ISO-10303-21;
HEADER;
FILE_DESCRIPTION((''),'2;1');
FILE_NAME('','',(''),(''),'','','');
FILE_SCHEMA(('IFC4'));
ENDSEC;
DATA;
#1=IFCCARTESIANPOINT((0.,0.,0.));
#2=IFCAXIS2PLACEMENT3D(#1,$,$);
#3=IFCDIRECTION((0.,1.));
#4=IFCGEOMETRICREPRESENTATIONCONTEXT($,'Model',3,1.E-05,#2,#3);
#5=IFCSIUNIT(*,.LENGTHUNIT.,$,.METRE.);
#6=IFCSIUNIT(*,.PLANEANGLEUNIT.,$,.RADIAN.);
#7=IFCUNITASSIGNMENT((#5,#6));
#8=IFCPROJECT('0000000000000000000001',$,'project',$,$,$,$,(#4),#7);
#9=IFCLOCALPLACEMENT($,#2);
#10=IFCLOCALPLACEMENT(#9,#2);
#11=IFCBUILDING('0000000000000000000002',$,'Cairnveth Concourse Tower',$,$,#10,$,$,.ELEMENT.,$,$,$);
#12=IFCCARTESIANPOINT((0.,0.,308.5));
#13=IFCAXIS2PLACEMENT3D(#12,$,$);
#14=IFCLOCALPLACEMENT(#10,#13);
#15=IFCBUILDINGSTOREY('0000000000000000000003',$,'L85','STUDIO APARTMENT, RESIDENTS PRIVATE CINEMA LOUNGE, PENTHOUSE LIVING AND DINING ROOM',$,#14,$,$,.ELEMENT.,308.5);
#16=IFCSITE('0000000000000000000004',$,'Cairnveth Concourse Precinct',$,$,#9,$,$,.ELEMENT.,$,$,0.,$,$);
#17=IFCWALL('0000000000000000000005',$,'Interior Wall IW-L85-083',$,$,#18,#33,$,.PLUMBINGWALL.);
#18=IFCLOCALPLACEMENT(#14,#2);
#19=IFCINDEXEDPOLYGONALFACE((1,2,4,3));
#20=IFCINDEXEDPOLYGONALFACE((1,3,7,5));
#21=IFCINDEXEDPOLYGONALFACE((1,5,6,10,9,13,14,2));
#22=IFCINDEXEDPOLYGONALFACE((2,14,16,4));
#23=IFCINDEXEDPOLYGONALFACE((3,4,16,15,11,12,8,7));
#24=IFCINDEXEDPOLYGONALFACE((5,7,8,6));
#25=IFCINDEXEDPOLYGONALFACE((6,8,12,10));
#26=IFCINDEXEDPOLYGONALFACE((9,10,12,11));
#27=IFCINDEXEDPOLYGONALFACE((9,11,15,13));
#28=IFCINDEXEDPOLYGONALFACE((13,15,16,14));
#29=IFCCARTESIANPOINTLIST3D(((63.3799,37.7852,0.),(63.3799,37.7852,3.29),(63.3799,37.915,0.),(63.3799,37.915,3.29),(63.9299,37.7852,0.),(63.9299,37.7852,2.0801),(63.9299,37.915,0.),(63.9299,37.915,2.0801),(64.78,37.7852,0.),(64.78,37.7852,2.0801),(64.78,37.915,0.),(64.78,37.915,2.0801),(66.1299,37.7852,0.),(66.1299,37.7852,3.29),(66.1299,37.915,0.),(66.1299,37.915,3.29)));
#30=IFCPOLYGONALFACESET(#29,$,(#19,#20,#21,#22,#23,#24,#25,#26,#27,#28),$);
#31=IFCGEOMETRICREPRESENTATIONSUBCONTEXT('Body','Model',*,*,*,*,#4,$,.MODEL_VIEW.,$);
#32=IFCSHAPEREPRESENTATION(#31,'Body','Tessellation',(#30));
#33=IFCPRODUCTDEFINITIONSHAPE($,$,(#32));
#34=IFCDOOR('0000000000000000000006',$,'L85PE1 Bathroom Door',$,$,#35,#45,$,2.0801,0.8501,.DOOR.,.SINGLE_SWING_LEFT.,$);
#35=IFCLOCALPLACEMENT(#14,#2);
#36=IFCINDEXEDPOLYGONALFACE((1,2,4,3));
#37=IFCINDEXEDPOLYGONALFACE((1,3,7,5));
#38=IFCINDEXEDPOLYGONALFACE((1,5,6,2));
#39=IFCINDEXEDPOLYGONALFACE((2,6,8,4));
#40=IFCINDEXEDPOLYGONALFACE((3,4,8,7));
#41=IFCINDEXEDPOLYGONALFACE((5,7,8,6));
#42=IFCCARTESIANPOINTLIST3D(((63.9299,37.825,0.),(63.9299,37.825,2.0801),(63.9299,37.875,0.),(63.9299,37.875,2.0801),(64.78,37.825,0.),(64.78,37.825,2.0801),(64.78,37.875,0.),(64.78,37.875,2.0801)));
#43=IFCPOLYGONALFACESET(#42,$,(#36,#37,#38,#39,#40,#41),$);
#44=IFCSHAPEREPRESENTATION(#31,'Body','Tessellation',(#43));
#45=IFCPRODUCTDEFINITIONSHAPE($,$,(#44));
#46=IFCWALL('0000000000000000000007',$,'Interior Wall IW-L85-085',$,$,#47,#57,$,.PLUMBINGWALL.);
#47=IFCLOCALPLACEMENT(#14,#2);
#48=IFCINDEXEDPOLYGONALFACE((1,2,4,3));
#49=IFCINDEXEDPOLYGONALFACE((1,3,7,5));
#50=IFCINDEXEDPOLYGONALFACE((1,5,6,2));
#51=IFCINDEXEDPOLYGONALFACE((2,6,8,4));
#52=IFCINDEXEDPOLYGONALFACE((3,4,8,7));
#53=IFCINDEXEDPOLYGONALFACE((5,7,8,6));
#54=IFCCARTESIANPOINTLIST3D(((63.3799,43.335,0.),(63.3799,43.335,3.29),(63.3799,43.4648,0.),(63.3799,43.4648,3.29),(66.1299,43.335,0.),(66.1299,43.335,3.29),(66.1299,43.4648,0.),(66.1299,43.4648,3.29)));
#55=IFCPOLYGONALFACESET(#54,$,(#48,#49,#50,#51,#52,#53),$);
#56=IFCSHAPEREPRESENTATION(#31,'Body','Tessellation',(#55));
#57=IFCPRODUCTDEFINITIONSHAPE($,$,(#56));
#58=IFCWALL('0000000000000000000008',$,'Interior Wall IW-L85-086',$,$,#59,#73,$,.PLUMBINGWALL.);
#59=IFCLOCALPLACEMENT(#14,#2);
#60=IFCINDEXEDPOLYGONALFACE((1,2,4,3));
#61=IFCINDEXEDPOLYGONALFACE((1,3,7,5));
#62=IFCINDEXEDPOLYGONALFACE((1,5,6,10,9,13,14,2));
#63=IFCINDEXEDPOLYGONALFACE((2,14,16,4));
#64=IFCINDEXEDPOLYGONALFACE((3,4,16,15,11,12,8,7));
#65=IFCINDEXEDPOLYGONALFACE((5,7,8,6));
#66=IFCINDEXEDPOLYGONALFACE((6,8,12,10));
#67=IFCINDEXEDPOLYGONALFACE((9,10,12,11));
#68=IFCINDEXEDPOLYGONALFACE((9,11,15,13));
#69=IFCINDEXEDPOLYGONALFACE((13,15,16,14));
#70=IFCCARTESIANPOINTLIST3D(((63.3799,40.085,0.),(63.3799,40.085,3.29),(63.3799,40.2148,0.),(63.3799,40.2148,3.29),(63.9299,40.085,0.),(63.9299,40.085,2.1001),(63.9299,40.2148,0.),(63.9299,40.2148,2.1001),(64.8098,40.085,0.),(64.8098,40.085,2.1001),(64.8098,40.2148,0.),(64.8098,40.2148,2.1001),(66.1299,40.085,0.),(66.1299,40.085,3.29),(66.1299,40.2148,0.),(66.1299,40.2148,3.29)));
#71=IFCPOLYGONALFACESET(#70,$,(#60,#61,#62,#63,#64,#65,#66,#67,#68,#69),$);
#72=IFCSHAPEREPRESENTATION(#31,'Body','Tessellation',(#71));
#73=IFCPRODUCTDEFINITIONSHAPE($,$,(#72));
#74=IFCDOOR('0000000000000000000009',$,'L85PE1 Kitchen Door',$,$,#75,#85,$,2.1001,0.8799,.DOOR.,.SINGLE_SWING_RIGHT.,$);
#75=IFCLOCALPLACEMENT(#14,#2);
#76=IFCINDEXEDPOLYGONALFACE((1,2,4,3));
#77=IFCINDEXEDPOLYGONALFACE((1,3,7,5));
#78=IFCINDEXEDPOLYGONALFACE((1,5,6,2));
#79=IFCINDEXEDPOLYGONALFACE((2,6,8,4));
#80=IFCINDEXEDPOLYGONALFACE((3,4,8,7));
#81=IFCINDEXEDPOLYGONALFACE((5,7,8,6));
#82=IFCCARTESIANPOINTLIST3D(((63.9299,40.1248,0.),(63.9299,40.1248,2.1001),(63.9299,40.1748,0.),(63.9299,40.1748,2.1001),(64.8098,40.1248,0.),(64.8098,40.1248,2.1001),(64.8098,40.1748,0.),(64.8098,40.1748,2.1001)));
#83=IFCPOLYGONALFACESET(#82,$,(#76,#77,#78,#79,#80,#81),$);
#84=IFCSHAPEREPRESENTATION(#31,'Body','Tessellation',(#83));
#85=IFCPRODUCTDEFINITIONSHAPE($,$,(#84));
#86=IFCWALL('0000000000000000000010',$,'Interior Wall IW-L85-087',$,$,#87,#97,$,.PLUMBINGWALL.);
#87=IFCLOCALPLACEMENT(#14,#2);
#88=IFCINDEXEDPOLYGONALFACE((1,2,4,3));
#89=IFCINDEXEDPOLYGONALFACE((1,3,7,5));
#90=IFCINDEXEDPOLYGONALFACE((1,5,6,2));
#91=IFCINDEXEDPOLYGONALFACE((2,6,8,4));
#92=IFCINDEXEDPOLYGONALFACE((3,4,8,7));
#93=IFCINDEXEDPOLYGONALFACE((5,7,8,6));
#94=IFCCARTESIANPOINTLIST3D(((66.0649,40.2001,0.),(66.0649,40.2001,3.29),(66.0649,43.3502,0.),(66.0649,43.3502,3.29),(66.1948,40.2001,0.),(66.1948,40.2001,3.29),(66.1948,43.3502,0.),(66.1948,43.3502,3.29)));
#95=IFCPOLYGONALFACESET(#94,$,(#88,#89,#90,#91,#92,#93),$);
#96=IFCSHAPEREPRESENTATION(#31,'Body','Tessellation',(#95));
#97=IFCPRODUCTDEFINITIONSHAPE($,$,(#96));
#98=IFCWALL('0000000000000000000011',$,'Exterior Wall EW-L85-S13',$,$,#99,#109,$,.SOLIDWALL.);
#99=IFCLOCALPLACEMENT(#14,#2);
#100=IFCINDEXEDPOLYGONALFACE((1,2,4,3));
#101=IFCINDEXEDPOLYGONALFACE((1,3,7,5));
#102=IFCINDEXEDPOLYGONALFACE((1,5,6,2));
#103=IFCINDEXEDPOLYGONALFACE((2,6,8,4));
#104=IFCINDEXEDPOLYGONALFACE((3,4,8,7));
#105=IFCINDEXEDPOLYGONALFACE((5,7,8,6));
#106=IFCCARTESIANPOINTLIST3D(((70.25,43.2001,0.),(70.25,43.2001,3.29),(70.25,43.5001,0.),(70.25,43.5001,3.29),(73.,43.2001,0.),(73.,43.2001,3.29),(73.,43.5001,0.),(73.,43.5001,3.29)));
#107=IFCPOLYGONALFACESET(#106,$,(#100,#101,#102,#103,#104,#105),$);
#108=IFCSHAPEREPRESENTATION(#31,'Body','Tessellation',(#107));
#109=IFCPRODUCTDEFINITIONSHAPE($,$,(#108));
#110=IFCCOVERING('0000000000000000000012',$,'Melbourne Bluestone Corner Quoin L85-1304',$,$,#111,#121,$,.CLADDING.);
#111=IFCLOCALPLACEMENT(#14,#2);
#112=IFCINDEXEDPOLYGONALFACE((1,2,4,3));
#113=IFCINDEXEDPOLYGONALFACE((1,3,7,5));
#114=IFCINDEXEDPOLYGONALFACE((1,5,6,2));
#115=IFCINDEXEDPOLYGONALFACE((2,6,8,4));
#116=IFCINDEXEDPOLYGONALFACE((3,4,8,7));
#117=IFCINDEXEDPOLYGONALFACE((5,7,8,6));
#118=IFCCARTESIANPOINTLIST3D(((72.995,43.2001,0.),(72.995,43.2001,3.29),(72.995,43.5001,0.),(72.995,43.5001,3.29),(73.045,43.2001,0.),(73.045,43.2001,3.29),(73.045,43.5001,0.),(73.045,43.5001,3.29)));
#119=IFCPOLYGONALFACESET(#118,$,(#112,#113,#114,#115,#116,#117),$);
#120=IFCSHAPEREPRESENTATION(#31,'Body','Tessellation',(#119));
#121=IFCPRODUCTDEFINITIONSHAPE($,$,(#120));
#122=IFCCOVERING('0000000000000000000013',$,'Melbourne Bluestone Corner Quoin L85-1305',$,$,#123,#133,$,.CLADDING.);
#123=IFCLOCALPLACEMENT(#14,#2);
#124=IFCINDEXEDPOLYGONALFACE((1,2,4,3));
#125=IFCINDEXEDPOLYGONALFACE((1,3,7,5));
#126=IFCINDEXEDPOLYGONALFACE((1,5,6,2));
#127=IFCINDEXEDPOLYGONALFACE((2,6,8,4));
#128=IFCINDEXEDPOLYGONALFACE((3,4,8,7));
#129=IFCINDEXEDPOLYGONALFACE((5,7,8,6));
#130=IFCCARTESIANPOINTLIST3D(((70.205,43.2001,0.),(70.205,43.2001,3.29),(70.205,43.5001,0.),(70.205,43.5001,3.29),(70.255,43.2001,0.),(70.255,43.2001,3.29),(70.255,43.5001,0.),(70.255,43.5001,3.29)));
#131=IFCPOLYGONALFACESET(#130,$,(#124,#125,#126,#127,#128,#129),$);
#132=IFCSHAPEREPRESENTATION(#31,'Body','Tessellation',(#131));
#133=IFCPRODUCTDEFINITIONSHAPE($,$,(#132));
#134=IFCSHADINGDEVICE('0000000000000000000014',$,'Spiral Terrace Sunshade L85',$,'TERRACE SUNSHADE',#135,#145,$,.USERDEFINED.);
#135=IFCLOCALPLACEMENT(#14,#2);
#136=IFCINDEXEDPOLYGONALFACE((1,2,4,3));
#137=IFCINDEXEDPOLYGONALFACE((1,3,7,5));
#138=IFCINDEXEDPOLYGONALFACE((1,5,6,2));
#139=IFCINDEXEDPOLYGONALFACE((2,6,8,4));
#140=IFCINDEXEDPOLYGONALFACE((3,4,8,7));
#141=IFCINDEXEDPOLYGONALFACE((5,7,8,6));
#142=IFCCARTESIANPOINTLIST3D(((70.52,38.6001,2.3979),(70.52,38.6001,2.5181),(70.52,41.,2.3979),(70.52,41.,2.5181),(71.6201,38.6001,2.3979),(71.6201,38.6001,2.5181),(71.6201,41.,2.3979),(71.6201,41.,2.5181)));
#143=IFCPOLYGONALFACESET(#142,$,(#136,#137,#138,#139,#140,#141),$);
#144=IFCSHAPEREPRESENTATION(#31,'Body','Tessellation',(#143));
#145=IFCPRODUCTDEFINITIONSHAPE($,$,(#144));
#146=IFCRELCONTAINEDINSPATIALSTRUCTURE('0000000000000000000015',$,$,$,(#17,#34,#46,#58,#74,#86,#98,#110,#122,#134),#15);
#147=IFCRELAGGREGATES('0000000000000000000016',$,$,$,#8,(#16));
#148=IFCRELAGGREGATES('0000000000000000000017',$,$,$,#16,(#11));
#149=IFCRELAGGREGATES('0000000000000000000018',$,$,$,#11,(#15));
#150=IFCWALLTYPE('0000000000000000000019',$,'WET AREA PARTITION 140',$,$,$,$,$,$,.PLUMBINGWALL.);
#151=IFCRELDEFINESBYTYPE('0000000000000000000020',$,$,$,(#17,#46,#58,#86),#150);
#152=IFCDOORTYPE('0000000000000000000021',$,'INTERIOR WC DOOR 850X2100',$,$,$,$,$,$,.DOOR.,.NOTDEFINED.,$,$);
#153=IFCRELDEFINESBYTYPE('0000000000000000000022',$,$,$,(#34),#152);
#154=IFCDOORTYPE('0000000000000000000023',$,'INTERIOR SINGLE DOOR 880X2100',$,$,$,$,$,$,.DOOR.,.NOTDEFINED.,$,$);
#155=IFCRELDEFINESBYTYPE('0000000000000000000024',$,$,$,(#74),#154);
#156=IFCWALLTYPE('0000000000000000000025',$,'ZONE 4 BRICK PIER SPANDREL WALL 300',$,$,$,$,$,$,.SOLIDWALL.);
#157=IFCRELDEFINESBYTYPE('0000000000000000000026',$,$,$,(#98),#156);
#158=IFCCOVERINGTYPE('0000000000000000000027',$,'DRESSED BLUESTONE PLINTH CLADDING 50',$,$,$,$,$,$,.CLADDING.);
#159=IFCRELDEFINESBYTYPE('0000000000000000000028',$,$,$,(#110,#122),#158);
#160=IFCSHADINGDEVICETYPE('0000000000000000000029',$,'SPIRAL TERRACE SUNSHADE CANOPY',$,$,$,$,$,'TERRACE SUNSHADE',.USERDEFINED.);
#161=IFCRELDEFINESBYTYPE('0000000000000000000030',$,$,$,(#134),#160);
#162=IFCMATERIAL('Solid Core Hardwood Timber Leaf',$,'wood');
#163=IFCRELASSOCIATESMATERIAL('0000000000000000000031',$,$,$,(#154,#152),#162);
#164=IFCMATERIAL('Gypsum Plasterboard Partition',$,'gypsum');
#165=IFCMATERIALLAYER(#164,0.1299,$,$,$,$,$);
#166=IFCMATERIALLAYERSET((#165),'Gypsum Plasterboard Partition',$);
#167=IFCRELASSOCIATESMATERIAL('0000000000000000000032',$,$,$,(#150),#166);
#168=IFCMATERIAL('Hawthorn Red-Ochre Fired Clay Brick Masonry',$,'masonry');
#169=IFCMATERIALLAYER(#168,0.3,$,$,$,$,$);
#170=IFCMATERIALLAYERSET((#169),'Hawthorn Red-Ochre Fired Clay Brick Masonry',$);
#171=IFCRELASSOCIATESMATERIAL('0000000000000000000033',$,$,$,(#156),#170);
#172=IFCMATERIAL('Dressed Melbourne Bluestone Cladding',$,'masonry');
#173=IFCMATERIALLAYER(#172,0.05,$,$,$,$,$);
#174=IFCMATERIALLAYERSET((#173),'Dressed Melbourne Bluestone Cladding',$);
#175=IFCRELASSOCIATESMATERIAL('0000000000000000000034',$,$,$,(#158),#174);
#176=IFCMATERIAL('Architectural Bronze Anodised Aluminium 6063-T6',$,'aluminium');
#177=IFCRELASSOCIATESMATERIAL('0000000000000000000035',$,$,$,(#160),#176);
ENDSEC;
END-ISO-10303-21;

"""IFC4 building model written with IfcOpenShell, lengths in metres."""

from ifc_helpers import new_model, si_unit, direction, frame, frame_2d, origin, origin_2d, place, context, subcontext, project, spatial, rectangle, extrude, material, layer, layer_set, type_object, element, fill, save


model = new_model("IFC4")

# Units and contexts
model_context = context("Model", 3, precision=1e-05, world=origin(), true_north=direction((0.0, 1.0)))
body_context = subcontext(model_context, "Body", "Model", "MODEL_VIEW")
ifc_project = project(units=[si_unit("LENGTHUNIT", "METRE"), si_unit("PLANEANGLEUNIT", "RADIAN")], contexts=[model_context])

# Site, building, storey
site_placement = place(None, origin())
site = spatial("IfcSite", under=ifc_project, at=site_placement, Name="Cairnveth Concourse Precinct", CompositionType="ELEMENT", RefElevation=0.0)
building_placement = place(site_placement, origin())
building = spatial("IfcBuilding", under=site, at=building_placement, Name="Cairnveth Concourse Tower", CompositionType="ELEMENT")
storey_placement = place(building_placement, frame((0.0, 0.0, 308.5)))
storey = spatial("IfcBuildingStorey", under=building, at=storey_placement, Name="L85", Description="STUDIO APARTMENT, RESIDENTS PRIVATE CINEMA LOUNGE, PENTHOUSE LIVING AND DINING ROOM", CompositionType="ELEMENT", Elevation=308.5)

# Wall, opening, door
ifc_material_1 = material(Name="Gypsum Plasterboard Partition", Category="gypsum")
ifc_material_2 = material(Name="Solid Core Hardwood Timber Leaf", Category="wood")
door_type_1 = type_object("IfcDoorType", Name="INTERIOR SINGLE DOOR 880X2100", OperationType="NOTDEFINED", PredefinedType="DOOR", material=ifc_material_2)
ifc_layer_1 = layer(ifc_material_1, 0.1299)
ifc_layer_set_1 = layer_set([ifc_layer_1], Name="Gypsum Plasterboard Partition")
wall_type_1 = type_object("IfcWallType", Name="WET AREA PARTITION 140", PredefinedType="PLUMBINGWALL", material=ifc_layer_set_1)
wall_1_placement = place(storey_placement, frame((63.3799, 37.8501, 0.0), z_axis=(0.0, 0.0, 1.0), x_axis=(1.0, 0.0, 0.0)))
wall_1 = element("IfcWall", 1, at=wall_1_placement, inside=storey, type_object=wall_type_1, Name="Interior Wall IW-L85-083", PredefinedType="PLUMBINGWALL", context=body_context, shape_type="SweptSolid", body=[
    extrude(rectangle(XDim=2.75, YDim=0.1299, at=frame_2d((1.375, 0.0))), origin(), (0.0, 0.0, 1.0), 3.29),
])
opening_1_placement = place(wall_1_placement, frame((0.55, 0.0, 0.0)))
opening_1 = element("IfcOpeningElement", 2, at=opening_1_placement, cuts=wall_1, PredefinedType="OPENING", context=body_context, shape_type="SweptSolid", body=[
    extrude(rectangle(XDim=0.8501, YDim=2.0801, at=frame_2d((0.425, 1.04))), frame((0.0, 0.075, 0.0), z_axis=(0.0, -1.0, 0.0), x_axis=(1.0, 0.0, 0.0)), (0.0, 0.0, 1.0), 0.1499),
])
door_type_2 = type_object("IfcDoorType", Name="INTERIOR WC DOOR 850X2100", OperationType="NOTDEFINED", PredefinedType="DOOR", material=ifc_material_2)
door_1_placement = place(opening_1_placement, origin())
door_1 = element("IfcDoor", 3, at=door_1_placement, inside=storey, type_object=door_type_2, Name="L85PE1 Bathroom Door", OperationType="SINGLE_SWING_LEFT", OverallHeight=2.0801, OverallWidth=0.8501, PredefinedType="DOOR", context=body_context, shape_type="SweptSolid", body=[
    extrude(rectangle(XDim=0.8501, YDim=2.0801, at=frame_2d((0.425, 1.04))), frame((0.0, 0.0249, 0.0), z_axis=(0.0, -1.0, 0.0), x_axis=(1.0, 0.0, 0.0)), (0.0, 0.0, 1.0), 0.05),
])
fill(opening_1, door_1)

# Wall
wall_2_placement = place(storey_placement, frame((63.3799, 43.3999, 0.0), z_axis=(0.0, 0.0, 1.0), x_axis=(1.0, 0.0, 0.0)))
element("IfcWall", 4, at=wall_2_placement, inside=storey, type_object=wall_type_1, Name="Interior Wall IW-L85-085", PredefinedType="PLUMBINGWALL", context=body_context, shape_type="SweptSolid", body=[
    extrude(rectangle(XDim=2.75, YDim=0.1299, at=frame_2d((1.375, 0.0))), origin(), (0.0, 0.0, 1.0), 3.29),
])

# Wall, opening, door
wall_3_placement = place(storey_placement, frame((63.3799, 40.1499, 0.0), z_axis=(0.0, 0.0, 1.0), x_axis=(1.0, 0.0, 0.0)))
wall_3 = element("IfcWall", 5, at=wall_3_placement, inside=storey, type_object=wall_type_1, Name="Interior Wall IW-L85-086", PredefinedType="PLUMBINGWALL", context=body_context, shape_type="SweptSolid", body=[
    extrude(rectangle(XDim=2.75, YDim=0.1299, at=frame_2d((1.375, 0.0))), origin(), (0.0, 0.0, 1.0), 3.29),
])
opening_2_placement = place(wall_3_placement, frame((0.55, 0.0, 0.0)))
opening_2 = element("IfcOpeningElement", 6, at=opening_2_placement, cuts=wall_3, PredefinedType="OPENING", context=body_context, shape_type="SweptSolid", body=[
    extrude(rectangle(XDim=0.8799, YDim=2.1001, at=frame_2d((0.4399, 1.05))), frame((0.0, 0.075, 0.0), z_axis=(0.0, -1.0, 0.0), x_axis=(1.0, 0.0, 0.0)), (0.0, 0.0, 1.0), 0.1499),
])
door_2_placement = place(opening_2_placement, origin())
door_2 = element("IfcDoor", 7, at=door_2_placement, inside=storey, type_object=door_type_1, Name="L85PE1 Kitchen Door", OperationType="SINGLE_SWING_RIGHT", OverallHeight=2.1001, OverallWidth=0.8799, PredefinedType="DOOR", context=body_context, shape_type="SweptSolid", body=[
    extrude(rectangle(XDim=0.8799, YDim=2.1001, at=frame_2d((0.4399, 1.05))), frame((0.0, 0.0249, 0.0), z_axis=(0.0, -1.0, 0.0), x_axis=(1.0, 0.0, 0.0)), (0.0, 0.0, 1.0), 0.05),
])
fill(opening_2, door_2)

# Walls
wall_4_placement = place(storey_placement, frame((66.1299, 40.2, 0.0), z_axis=(0.0, 0.0, 1.0), x_axis=(0.0, 1.0, 0.0)))
element("IfcWall", 8, at=wall_4_placement, inside=storey, type_object=wall_type_1, Name="Interior Wall IW-L85-087", PredefinedType="PLUMBINGWALL", context=body_context, shape_type="SweptSolid", body=[
    extrude(rectangle(XDim=3.1501, YDim=0.1299, at=frame_2d((1.5752, 0.0))), origin(), (0.0, 0.0, 1.0), 3.29),
])
ifc_material_3 = material(Name="Hawthorn Red-Ochre Fired Clay Brick Masonry", Category="masonry")
ifc_layer_2 = layer(ifc_material_3, 0.3)
ifc_layer_set_2 = layer_set([ifc_layer_2], Name="Hawthorn Red-Ochre Fired Clay Brick Masonry")
wall_type_2 = type_object("IfcWallType", Name="ZONE 4 BRICK PIER SPANDREL WALL 300", PredefinedType="SOLIDWALL", material=ifc_layer_set_2)
wall_5_placement = place(storey_placement, frame((73.0, 43.3501, 0.0), z_axis=(0.0, 0.0, 1.0), x_axis=(-1.0, 0.0, 0.0)))
element("IfcWall", 9, at=wall_5_placement, inside=storey, type_object=wall_type_2, Name="Exterior Wall EW-L85-S13", PredefinedType="SOLIDWALL", context=body_context, shape_type="SweptSolid", body=[
    extrude(rectangle(XDim=2.75, YDim=0.3, at=frame_2d((1.375, 0.0))), origin(), (0.0, 0.0, 1.0), 3.29),
])

# Shared definitions
ifc_material_4 = material(Name="Architectural Bronze Anodised Aluminium 6063-T6", Category="aluminium")

# Coverings
ifc_material_5 = material(Name="Dressed Melbourne Bluestone Cladding", Category="masonry")
ifc_layer_3 = layer(ifc_material_5, 0.05)
ifc_layer_set_3 = layer_set([ifc_layer_3], Name="Dressed Melbourne Bluestone Cladding")
covering_type = type_object("IfcCoveringType", Name="DRESSED BLUESTONE PLINTH CLADDING 50", PredefinedType="CLADDING", material=ifc_layer_set_3)
for number, where, z_axis, x_axis, name in (
    (10, (73.02, 43.5, 0.0), (0.0, 0.0, 1.0), (0.0, -1.0, 0.0), "Melbourne Bluestone Corner Quoin L85-1304"),
    (11, (70.23, 43.5, 0.0), (0.0, 0.0, 1.0), (0.0, -1.0, 0.0), "Melbourne Bluestone Corner Quoin L85-1305"),
):
    element("IfcCovering", number, at=place(storey_placement, frame(where, z_axis=z_axis, x_axis=x_axis)), inside=storey, type_object=covering_type, Name=name, PredefinedType="CLADDING", context=body_context, shape_type="SweptSolid", body=[
        extrude(rectangle(XDim=0.3, YDim=0.05, at=frame_2d((0.1499, 0.0))), origin(), (0.0, 0.0, 1.0), 3.29),
    ])

# Shading device
shading_device_type = type_object("IfcShadingDeviceType", Name="SPIRAL TERRACE SUNSHADE CANOPY", ElementType="TERRACE SUNSHADE", PredefinedType="USERDEFINED", material=ifc_material_4)
shading_device_placement = place(storey_placement, frame((71.0701, 39.8, 2.3979), z_axis=(0.0, 0.0, 1.0), x_axis=(1.0, 0.0, 0.0)))
element("IfcShadingDevice", 12, at=shading_device_placement, inside=storey, type_object=shading_device_type, Name="Spiral Terrace Sunshade L85", ObjectType="TERRACE SUNSHADE", PredefinedType="USERDEFINED", context=body_context, shape_type="SweptSolid", body=[
    extrude(rectangle(XDim=1.1001, YDim=2.3999, at=origin_2d()), origin(), (0.0, 0.0, 1.0), 0.1201),
])

save(model, "model.ifc")
